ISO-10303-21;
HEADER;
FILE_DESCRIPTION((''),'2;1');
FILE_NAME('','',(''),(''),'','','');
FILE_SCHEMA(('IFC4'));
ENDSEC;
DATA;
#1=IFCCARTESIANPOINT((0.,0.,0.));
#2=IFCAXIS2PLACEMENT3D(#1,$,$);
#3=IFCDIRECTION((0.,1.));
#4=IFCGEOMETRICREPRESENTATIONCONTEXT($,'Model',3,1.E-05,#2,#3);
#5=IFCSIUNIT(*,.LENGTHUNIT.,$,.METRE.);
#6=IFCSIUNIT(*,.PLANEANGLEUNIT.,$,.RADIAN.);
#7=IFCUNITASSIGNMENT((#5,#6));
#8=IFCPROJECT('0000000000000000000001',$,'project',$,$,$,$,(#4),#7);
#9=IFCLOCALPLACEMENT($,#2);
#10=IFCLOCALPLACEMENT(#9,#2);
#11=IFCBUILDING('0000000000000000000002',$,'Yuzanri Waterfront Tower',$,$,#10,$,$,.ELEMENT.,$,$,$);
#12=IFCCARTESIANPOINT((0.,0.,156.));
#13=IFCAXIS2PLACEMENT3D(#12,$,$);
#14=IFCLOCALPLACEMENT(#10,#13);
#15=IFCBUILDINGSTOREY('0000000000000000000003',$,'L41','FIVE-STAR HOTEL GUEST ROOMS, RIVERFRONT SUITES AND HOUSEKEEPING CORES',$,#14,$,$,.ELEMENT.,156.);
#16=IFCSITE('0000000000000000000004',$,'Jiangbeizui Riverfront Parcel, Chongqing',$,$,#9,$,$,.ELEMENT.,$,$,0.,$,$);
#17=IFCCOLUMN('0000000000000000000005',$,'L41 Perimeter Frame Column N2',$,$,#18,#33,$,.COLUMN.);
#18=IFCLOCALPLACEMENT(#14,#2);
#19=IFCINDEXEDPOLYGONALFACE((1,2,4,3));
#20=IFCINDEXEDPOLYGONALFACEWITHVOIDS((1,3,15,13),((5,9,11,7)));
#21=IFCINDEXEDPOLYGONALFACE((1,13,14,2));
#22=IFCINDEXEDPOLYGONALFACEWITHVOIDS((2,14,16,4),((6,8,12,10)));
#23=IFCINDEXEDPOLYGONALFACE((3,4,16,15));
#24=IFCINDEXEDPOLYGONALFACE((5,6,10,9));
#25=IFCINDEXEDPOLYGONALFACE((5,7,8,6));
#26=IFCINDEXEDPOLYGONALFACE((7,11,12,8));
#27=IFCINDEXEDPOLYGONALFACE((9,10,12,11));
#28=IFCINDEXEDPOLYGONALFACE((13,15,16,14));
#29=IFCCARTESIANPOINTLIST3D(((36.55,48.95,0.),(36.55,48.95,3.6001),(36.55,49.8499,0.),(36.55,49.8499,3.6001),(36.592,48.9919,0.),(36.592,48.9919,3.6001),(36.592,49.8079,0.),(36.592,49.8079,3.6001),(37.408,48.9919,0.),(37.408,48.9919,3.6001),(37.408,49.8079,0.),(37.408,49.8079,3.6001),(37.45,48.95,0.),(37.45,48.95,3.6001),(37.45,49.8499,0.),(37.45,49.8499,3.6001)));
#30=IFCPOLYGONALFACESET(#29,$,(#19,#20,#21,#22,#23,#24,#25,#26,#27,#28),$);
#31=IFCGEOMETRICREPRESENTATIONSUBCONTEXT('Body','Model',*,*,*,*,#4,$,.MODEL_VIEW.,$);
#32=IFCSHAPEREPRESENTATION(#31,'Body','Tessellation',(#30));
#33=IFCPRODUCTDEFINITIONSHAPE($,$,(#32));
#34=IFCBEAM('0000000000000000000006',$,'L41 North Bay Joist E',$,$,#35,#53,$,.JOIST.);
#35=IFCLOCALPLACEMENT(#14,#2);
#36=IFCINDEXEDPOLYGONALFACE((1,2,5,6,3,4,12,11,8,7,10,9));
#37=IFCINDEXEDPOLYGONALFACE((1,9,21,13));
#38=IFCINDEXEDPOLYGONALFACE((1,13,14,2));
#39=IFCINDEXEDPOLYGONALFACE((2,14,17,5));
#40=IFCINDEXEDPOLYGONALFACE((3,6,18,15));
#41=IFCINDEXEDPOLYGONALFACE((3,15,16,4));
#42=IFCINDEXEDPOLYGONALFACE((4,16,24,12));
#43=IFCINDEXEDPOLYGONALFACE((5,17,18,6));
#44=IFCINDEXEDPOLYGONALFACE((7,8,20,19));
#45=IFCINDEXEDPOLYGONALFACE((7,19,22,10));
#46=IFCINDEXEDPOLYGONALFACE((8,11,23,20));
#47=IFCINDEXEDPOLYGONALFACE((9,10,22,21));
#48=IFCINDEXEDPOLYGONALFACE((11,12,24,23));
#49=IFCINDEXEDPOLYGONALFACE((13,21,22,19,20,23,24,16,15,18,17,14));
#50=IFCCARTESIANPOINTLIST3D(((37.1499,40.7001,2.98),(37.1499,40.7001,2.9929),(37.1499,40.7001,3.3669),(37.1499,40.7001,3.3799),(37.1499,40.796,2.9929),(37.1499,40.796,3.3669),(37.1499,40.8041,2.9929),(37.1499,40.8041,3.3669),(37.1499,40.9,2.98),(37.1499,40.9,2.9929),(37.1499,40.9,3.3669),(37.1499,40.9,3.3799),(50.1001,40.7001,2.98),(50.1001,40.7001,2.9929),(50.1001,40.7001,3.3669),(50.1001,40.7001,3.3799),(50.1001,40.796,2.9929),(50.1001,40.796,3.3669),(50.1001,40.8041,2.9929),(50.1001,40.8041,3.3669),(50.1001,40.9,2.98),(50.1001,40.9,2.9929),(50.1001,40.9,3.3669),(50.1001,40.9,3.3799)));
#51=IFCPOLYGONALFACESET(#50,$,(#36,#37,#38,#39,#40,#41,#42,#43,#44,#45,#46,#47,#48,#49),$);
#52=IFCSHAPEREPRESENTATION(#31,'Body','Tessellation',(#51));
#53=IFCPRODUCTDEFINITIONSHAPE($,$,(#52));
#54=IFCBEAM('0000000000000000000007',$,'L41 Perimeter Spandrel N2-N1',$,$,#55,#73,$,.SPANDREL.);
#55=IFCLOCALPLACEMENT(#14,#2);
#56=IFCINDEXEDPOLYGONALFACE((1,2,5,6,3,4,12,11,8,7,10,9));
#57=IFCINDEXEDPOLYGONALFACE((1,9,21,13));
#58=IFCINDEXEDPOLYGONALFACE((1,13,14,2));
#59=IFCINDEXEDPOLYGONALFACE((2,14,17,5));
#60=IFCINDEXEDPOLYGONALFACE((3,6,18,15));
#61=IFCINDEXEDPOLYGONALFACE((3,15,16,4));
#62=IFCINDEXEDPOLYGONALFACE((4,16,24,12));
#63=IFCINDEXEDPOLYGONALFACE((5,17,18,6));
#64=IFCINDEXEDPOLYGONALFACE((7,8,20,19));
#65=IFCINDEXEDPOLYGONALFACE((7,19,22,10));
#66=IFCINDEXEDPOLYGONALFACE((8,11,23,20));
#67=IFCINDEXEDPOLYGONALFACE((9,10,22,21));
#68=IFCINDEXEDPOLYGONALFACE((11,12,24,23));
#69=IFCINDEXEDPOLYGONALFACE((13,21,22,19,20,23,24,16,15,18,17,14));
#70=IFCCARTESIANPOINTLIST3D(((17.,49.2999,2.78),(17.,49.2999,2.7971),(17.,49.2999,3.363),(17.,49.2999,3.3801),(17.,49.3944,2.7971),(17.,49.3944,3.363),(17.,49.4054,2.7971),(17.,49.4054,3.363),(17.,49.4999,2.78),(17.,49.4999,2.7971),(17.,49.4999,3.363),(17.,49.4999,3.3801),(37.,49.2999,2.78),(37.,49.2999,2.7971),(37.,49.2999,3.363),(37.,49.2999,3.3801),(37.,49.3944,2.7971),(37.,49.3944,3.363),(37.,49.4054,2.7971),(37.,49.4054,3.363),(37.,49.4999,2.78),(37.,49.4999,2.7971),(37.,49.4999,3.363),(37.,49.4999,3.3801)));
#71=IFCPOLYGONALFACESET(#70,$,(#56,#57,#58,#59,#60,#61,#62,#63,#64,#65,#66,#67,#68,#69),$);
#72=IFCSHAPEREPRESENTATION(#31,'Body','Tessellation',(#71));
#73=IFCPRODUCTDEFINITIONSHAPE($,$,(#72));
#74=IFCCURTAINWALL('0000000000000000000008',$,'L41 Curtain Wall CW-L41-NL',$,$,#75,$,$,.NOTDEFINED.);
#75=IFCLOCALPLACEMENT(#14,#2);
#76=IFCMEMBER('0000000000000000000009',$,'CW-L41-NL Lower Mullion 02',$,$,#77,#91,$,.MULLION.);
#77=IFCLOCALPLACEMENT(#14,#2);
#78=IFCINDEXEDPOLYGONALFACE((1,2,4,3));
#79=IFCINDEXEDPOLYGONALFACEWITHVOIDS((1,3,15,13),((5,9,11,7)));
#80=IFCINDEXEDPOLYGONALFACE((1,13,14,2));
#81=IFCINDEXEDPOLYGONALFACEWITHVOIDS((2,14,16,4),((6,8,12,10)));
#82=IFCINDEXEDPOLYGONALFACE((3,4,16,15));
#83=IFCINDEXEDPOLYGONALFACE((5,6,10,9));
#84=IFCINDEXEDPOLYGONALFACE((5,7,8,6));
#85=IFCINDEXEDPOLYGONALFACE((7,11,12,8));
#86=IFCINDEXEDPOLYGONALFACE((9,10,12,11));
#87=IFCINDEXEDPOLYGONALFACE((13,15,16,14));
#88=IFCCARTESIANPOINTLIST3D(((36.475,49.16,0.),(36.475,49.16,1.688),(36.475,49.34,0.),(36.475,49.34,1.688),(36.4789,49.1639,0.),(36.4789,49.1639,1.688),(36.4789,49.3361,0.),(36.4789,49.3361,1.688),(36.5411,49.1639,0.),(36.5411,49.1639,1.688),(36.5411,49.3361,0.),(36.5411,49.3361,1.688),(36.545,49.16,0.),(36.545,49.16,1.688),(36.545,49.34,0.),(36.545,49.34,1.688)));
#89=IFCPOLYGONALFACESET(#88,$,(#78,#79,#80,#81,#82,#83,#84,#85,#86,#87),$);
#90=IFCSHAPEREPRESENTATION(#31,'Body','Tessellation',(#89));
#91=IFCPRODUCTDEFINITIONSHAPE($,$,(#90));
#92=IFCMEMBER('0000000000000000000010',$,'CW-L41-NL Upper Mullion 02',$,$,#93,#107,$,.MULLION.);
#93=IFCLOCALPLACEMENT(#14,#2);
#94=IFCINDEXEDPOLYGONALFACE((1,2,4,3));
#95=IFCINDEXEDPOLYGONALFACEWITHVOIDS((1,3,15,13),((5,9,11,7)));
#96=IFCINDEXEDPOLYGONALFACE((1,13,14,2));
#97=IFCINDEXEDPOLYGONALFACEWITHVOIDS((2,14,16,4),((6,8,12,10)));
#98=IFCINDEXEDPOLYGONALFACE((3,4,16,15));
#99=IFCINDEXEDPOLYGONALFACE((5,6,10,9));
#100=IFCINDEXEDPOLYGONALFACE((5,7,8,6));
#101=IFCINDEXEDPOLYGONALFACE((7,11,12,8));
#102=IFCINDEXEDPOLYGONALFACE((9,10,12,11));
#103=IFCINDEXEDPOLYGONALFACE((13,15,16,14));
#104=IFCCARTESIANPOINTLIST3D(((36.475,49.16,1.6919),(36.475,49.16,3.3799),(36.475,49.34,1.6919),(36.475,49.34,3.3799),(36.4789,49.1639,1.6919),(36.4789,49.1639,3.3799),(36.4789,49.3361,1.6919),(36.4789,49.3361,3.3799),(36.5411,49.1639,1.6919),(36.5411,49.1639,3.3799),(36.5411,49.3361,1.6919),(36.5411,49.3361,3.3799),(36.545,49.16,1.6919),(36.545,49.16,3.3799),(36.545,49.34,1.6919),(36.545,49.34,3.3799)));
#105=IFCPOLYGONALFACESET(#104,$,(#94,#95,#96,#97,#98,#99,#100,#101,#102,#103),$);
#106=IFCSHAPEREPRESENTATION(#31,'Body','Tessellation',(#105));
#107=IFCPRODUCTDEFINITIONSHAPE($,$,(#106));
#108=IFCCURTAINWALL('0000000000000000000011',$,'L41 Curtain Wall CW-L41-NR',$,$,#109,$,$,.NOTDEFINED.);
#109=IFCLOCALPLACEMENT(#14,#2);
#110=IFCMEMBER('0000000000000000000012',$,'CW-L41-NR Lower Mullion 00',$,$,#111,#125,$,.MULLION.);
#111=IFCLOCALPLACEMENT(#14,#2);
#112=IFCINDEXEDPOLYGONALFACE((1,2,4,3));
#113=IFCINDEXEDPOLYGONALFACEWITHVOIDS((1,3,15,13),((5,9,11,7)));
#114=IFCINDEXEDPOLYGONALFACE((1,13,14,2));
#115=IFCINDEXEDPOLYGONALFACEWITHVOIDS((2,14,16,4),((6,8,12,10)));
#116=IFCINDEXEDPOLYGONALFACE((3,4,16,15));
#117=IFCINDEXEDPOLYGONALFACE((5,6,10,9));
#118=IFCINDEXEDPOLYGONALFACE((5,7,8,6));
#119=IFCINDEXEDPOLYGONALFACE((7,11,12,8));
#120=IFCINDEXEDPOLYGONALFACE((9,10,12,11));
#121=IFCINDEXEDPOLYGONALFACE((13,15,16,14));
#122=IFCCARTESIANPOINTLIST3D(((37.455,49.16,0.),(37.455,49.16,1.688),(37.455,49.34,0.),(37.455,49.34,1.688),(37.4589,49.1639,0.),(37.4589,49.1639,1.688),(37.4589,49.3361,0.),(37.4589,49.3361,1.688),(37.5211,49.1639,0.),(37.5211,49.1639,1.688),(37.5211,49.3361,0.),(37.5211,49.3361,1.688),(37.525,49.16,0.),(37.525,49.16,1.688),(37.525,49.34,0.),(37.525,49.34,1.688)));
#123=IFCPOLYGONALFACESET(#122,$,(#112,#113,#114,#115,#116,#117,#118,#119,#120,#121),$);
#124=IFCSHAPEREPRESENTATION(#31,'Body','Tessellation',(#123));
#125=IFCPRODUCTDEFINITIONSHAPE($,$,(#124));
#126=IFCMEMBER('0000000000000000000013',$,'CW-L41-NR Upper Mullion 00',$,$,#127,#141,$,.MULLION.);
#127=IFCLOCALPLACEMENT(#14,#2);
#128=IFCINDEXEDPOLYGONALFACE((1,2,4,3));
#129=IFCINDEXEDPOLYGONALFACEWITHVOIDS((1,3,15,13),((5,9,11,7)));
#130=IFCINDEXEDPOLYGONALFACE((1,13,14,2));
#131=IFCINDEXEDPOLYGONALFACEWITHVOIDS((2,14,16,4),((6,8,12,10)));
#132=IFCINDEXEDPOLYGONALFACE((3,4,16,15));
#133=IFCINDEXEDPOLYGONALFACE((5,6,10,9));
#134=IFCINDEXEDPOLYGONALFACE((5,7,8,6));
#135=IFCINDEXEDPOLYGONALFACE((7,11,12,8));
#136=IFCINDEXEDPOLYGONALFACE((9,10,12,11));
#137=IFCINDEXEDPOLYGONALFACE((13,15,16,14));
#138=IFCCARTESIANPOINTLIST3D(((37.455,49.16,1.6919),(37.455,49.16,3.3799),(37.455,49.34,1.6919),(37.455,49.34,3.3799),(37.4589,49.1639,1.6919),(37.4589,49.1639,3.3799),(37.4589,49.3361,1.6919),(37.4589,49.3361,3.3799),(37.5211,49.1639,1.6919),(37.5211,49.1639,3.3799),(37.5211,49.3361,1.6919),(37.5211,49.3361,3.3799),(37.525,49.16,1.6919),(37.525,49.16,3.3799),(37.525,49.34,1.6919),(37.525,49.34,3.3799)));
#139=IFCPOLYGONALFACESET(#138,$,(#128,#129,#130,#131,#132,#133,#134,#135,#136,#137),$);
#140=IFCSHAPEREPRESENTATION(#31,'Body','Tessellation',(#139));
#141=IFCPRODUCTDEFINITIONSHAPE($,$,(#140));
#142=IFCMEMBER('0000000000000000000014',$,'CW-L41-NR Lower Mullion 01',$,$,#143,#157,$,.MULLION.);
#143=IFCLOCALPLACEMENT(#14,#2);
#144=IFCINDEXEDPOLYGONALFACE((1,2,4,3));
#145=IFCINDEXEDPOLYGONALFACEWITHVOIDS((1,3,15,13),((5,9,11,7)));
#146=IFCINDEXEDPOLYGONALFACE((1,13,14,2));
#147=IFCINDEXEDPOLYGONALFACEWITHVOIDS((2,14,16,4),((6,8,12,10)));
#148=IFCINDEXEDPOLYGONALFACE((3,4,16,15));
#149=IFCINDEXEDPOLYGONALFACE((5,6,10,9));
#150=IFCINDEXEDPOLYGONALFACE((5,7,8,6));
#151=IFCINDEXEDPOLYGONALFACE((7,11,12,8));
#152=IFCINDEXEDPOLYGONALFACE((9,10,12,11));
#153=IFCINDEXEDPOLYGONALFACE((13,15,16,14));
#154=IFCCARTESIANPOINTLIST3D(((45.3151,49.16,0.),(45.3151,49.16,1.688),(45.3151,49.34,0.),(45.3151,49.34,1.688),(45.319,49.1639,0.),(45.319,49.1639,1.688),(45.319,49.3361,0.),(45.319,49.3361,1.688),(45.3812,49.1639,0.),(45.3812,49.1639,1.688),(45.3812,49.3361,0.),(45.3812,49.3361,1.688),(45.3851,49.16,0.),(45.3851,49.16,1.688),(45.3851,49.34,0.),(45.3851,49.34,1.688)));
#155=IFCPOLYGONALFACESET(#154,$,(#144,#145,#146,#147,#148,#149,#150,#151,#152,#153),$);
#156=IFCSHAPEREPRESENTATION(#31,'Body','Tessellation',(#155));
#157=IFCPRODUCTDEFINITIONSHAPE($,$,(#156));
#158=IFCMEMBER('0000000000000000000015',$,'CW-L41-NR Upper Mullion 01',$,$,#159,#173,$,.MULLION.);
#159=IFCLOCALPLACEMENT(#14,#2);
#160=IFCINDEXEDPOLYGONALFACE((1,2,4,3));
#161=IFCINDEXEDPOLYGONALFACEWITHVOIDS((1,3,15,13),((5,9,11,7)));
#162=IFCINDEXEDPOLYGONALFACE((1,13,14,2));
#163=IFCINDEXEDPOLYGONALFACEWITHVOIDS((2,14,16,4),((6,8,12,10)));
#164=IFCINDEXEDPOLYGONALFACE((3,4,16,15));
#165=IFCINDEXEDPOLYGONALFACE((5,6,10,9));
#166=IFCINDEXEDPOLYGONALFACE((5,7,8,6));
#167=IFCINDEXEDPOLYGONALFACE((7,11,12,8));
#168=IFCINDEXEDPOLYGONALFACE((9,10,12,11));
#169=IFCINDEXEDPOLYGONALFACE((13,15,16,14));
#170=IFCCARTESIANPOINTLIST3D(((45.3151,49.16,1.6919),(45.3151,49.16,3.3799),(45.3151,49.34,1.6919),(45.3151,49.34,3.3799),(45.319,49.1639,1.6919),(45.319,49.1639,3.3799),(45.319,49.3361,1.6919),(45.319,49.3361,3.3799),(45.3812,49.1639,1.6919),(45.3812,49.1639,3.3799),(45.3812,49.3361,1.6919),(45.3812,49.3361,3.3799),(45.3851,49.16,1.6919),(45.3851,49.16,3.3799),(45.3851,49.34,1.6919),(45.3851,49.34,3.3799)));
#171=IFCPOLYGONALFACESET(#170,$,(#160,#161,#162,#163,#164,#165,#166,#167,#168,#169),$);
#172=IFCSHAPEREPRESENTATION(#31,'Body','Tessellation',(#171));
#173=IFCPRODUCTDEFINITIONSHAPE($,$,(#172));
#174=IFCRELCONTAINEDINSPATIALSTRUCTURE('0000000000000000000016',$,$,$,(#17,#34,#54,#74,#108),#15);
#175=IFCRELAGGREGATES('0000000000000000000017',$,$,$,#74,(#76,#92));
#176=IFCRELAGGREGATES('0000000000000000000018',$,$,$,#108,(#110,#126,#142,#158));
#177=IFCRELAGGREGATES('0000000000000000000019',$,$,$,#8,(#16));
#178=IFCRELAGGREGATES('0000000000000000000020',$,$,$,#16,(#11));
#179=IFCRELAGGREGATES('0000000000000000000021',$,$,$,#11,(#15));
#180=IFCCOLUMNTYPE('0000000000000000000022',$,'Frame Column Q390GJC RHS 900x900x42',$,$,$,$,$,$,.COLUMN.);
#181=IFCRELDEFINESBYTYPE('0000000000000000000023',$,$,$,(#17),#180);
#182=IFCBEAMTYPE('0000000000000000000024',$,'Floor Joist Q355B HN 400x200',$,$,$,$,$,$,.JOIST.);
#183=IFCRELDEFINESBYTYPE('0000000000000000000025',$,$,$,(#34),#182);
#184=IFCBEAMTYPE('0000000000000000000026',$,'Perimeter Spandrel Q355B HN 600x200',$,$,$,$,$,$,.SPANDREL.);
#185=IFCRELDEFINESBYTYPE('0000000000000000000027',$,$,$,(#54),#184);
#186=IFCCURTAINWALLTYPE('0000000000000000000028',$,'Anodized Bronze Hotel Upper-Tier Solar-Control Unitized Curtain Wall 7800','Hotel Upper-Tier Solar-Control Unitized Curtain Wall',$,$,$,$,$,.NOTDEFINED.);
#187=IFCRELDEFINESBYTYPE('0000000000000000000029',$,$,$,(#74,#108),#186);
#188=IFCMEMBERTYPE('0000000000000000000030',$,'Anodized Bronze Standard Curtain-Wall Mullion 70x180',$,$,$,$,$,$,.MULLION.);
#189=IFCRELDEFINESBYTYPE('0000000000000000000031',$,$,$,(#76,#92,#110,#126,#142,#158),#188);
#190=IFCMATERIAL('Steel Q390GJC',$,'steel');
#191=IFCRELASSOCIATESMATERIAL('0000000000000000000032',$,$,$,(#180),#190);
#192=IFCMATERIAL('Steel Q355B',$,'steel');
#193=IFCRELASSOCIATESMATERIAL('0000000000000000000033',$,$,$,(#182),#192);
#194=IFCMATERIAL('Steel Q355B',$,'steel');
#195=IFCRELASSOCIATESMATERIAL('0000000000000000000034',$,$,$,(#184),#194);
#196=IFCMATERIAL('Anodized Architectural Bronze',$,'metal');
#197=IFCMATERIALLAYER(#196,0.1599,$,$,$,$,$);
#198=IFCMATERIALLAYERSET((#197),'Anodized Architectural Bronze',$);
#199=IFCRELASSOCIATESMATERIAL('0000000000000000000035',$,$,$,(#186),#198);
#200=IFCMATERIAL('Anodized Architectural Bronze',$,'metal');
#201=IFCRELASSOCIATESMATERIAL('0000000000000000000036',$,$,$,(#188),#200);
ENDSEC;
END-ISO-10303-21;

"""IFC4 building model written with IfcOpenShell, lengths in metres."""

from ifc_helpers import new_model, si_unit, direction, frame, origin, origin_2d, place, context, subcontext, project, spatial, hollow_rectangle, i_section, extrude, source, transform, mapped, material, layer, layer_set, material_profile, profile_set, type_object, element, aggregate, save


model = new_model("IFC4")

# Units and contexts
model_context = context("Model", 3, precision=1e-05, world=origin(), true_north=direction((0.0, 1.0)))
body_context = subcontext(model_context, "Body", "Model", "MODEL_VIEW")
ifc_project = project(units=[si_unit("LENGTHUNIT", "METRE"), si_unit("PLANEANGLEUNIT", "RADIAN")], contexts=[model_context])

# Site, building, storey
site_placement = place(None, origin())
site = spatial("IfcSite", under=ifc_project, at=site_placement, Name="Jiangbeizui Riverfront Parcel, Chongqing", CompositionType="ELEMENT", RefElevation=0.0)
building_placement = place(site_placement, origin())
building = spatial("IfcBuilding", under=site, at=building_placement, Name="Yuzanri Waterfront Tower", CompositionType="ELEMENT")
storey_placement = place(building_placement, frame((0.0, 0.0, 156.0)))
storey = spatial("IfcBuildingStorey", under=building, at=storey_placement, Name="L41", Description="FIVE-STAR HOTEL GUEST ROOMS, RIVERFRONT SUITES AND HOUSEKEEPING CORES", CompositionType="ELEMENT", Elevation=156.0)

# Column
ifc_material_1 = material(Name="Steel Q390GJC", Category="steel")
ifc_material_profile_1 = material_profile(ifc_material_1, hollow_rectangle(XDim=0.8999, YDim=0.8999, WallThickness=0.042, at=origin_2d()), Name="RHS 900x900x42")
ifc_profile_set_1 = profile_set([ifc_material_profile_1], Name="Steel Q390GJC")
column_type = type_object("IfcColumnType", Name="Frame Column Q390GJC RHS 900x900x42", PredefinedType="COLUMN", material=ifc_profile_set_1)
shared_shape_1 = source(origin(), body_context, "Body", "SweptSolid", [
    extrude(hollow_rectangle(XDim=0.8999, YDim=0.8999, WallThickness=0.042, at=origin_2d()), origin(), (0.0, 0.0, 1.0), 3.6001),
])
column_placement = place(storey_placement, frame((37.0, 49.3999, 0.0), z_axis=(0.0, 0.0, 1.0), x_axis=(1.0, 0.0, 0.0)))
element("IfcColumn", 1, at=column_placement, inside=storey, type_object=column_type, Name="L41 Perimeter Frame Column N2", PredefinedType="COLUMN", context=body_context, shape_type="MappedRepresentation", body=[
    mapped(shared_shape_1, transform((0.0, 0.0, 0.0), scale=1.0)),
])

# Beams
ifc_material_2 = material(Name="Steel Q355B", Category="steel")
ifc_material_profile_2 = material_profile(ifc_material_2, i_section(OverallWidth=0.2, OverallDepth=0.3999, WebThickness=0.0081, FlangeThickness=0.0129, at=origin_2d()), Name="HN 400x200x8x13")
ifc_profile_set_2 = profile_set([ifc_material_profile_2], Name="Steel Q355B")
beam_type_1 = type_object("IfcBeamType", Name="Floor Joist Q355B HN 400x200", PredefinedType="JOIST", material=ifc_profile_set_2)
shared_shape_2 = source(origin(), body_context, "Body", "SweptSolid", [
    extrude(i_section(OverallWidth=0.2, OverallDepth=0.3999, WebThickness=0.0081, FlangeThickness=0.0129, at=origin_2d()), origin(), (0.0, 0.0, 1.0), 12.9502),
])
beam_1_placement = place(storey_placement, frame((37.1499, 40.8, 3.1799), z_axis=(1.0, 0.0, 0.0), x_axis=(0.0, 1.0, 0.0)))
element("IfcBeam", 2, at=beam_1_placement, inside=storey, type_object=beam_type_1, Name="L41 North Bay Joist E", PredefinedType="JOIST", context=body_context, shape_type="MappedRepresentation", body=[
    mapped(shared_shape_2, transform((0.0, 0.0, 0.0), scale=1.0)),
])
ifc_material_3 = material(Name="Steel Q355B", Category="steel")
ifc_material_profile_3 = material_profile(ifc_material_3, i_section(OverallWidth=0.2, OverallDepth=0.6001, WebThickness=0.011, FlangeThickness=0.0171, at=origin_2d()), Name="HN 600x200x11x17")
ifc_profile_set_3 = profile_set([ifc_material_profile_3], Name="Steel Q355B")
beam_type_2 = type_object("IfcBeamType", Name="Perimeter Spandrel Q355B HN 600x200", PredefinedType="SPANDREL", material=ifc_profile_set_3)
shared_shape_3 = source(origin(), body_context, "Body", "SweptSolid", [
    extrude(i_section(OverallWidth=0.2, OverallDepth=0.6001, WebThickness=0.011, FlangeThickness=0.0171, at=origin_2d()), origin(), (0.0, 0.0, 1.0), 20.0),
])
beam_2_placement = place(storey_placement, frame((37.0, 49.3999, 3.0801), z_axis=(-1.0, 0.0, 0.0), x_axis=(0.0, -1.0, 0.0)))
element("IfcBeam", 3, at=beam_2_placement, inside=storey, type_object=beam_type_2, Name="L41 Perimeter Spandrel N2-N1", PredefinedType="SPANDREL", context=body_context, shape_type="MappedRepresentation", body=[
    mapped(shared_shape_3, transform((0.0, 0.0, 0.0), scale=1.0)),
])

# Curtain wall, members
ifc_material_4 = material(Name="Anodized Architectural Bronze", Category="metal")
ifc_layer_1 = layer(ifc_material_4, 0.1599)
ifc_layer_set_1 = layer_set([ifc_layer_1], Name="Anodized Architectural Bronze")
curtain_wall_type = type_object("IfcCurtainWallType", Name="Anodized Bronze Hotel Upper-Tier Solar-Control Unitized Curtain Wall 7800", Description="Hotel Upper-Tier Solar-Control Unitized Curtain Wall", PredefinedType="NOTDEFINED", material=ifc_layer_set_1)
curtain_wall_1_placement = place(storey_placement, origin())
curtain_wall_1 = element("IfcCurtainWall", 4, at=curtain_wall_1_placement, inside=storey, type_object=curtain_wall_type, Name="L41 Curtain Wall CW-L41-NL", PredefinedType="NOTDEFINED")
ifc_material_5 = material(Name="Anodized Architectural Bronze", Category="metal")
ifc_material_profile_4 = material_profile(ifc_material_5, hollow_rectangle(XDim=0.0701, YDim=0.1799, WallThickness=0.0039, at=origin_2d()), Name="CWM 70x180")
ifc_profile_set_4 = profile_set([ifc_material_profile_4], Name="Anodized Architectural Bronze")
member_type_1 = type_object("IfcMemberType", Name="Anodized Bronze Standard Curtain-Wall Mullion 70x180", PredefinedType="MULLION", material=ifc_profile_set_4)
shared_shape_4 = source(origin(), body_context, "Body", "SweptSolid", [
    extrude(hollow_rectangle(XDim=0.0701, YDim=0.1799, WallThickness=0.0039, at=origin_2d()), origin(), (0.0, 0.0, 1.0), 1.688),
])
member_1_placement = place(storey_placement, frame((36.51, 49.25, 0.0), z_axis=(0.0, 0.0, 1.0), x_axis=(1.0, 0.0, 0.0)))
member_1 = element("IfcMember", 5, at=member_1_placement, type_object=member_type_1, Name="CW-L41-NL Lower Mullion 02", PredefinedType="MULLION", context=body_context, shape_type="MappedRepresentation", body=[
    mapped(shared_shape_4, transform((0.0, 0.0, 0.0), scale=1.0)),
])
member_2_placement = place(storey_placement, frame((36.51, 49.25, 1.6919), z_axis=(0.0, 0.0, 1.0), x_axis=(1.0, 0.0, 0.0)))
member_2 = element("IfcMember", 6, at=member_2_placement, type_object=member_type_1, Name="CW-L41-NL Upper Mullion 02", PredefinedType="MULLION", context=body_context, shape_type="MappedRepresentation", body=[
    mapped(shared_shape_4, transform((0.0, 0.0, 0.0), scale=1.0)),
])
aggregate(curtain_wall_1, [member_1, member_2])

# Curtain wall, members
curtain_wall_2_placement = place(storey_placement, origin())
curtain_wall_2 = element("IfcCurtainWall", 7, at=curtain_wall_2_placement, inside=storey, type_object=curtain_wall_type, Name="L41 Curtain Wall CW-L41-NR", PredefinedType="NOTDEFINED")
member_3_placement = place(storey_placement, frame((37.49, 49.25, 0.0), z_axis=(0.0, 0.0, 1.0), x_axis=(1.0, 0.0, 0.0)))
member_3 = element("IfcMember", 8, at=member_3_placement, type_object=member_type_1, Name="CW-L41-NR Lower Mullion 00", PredefinedType="MULLION", context=body_context, shape_type="MappedRepresentation", body=[
    mapped(shared_shape_4, transform((0.0, 0.0, 0.0), scale=1.0)),
])
member_4_placement = place(storey_placement, frame((37.49, 49.25, 1.6919), z_axis=(0.0, 0.0, 1.0), x_axis=(1.0, 0.0, 0.0)))
member_4 = element("IfcMember", 9, at=member_4_placement, type_object=member_type_1, Name="CW-L41-NR Upper Mullion 00", PredefinedType="MULLION", context=body_context, shape_type="MappedRepresentation", body=[
    mapped(shared_shape_4, transform((0.0, 0.0, 0.0), scale=1.0)),
])
member_5_placement = place(storey_placement, frame((45.3501, 49.25, 0.0), z_axis=(0.0, 0.0, 1.0), x_axis=(1.0, 0.0, 0.0)))
member_5 = element("IfcMember", 10, at=member_5_placement, type_object=member_type_1, Name="CW-L41-NR Lower Mullion 01", PredefinedType="MULLION", context=body_context, shape_type="MappedRepresentation", body=[
    mapped(shared_shape_4, transform((0.0, 0.0, 0.0), scale=1.0)),
])
member_6_placement = place(storey_placement, frame((45.3501, 49.25, 1.6919), z_axis=(0.0, 0.0, 1.0), x_axis=(1.0, 0.0, 0.0)))
member_6 = element("IfcMember", 11, at=member_6_placement, type_object=member_type_1, Name="CW-L41-NR Upper Mullion 01", PredefinedType="MULLION", context=body_context, shape_type="MappedRepresentation", body=[
    mapped(shared_shape_4, transform((0.0, 0.0, 0.0), scale=1.0)),
])
aggregate(curtain_wall_2, [member_3, member_4, member_5, member_6])

save(model, "model.ifc")
